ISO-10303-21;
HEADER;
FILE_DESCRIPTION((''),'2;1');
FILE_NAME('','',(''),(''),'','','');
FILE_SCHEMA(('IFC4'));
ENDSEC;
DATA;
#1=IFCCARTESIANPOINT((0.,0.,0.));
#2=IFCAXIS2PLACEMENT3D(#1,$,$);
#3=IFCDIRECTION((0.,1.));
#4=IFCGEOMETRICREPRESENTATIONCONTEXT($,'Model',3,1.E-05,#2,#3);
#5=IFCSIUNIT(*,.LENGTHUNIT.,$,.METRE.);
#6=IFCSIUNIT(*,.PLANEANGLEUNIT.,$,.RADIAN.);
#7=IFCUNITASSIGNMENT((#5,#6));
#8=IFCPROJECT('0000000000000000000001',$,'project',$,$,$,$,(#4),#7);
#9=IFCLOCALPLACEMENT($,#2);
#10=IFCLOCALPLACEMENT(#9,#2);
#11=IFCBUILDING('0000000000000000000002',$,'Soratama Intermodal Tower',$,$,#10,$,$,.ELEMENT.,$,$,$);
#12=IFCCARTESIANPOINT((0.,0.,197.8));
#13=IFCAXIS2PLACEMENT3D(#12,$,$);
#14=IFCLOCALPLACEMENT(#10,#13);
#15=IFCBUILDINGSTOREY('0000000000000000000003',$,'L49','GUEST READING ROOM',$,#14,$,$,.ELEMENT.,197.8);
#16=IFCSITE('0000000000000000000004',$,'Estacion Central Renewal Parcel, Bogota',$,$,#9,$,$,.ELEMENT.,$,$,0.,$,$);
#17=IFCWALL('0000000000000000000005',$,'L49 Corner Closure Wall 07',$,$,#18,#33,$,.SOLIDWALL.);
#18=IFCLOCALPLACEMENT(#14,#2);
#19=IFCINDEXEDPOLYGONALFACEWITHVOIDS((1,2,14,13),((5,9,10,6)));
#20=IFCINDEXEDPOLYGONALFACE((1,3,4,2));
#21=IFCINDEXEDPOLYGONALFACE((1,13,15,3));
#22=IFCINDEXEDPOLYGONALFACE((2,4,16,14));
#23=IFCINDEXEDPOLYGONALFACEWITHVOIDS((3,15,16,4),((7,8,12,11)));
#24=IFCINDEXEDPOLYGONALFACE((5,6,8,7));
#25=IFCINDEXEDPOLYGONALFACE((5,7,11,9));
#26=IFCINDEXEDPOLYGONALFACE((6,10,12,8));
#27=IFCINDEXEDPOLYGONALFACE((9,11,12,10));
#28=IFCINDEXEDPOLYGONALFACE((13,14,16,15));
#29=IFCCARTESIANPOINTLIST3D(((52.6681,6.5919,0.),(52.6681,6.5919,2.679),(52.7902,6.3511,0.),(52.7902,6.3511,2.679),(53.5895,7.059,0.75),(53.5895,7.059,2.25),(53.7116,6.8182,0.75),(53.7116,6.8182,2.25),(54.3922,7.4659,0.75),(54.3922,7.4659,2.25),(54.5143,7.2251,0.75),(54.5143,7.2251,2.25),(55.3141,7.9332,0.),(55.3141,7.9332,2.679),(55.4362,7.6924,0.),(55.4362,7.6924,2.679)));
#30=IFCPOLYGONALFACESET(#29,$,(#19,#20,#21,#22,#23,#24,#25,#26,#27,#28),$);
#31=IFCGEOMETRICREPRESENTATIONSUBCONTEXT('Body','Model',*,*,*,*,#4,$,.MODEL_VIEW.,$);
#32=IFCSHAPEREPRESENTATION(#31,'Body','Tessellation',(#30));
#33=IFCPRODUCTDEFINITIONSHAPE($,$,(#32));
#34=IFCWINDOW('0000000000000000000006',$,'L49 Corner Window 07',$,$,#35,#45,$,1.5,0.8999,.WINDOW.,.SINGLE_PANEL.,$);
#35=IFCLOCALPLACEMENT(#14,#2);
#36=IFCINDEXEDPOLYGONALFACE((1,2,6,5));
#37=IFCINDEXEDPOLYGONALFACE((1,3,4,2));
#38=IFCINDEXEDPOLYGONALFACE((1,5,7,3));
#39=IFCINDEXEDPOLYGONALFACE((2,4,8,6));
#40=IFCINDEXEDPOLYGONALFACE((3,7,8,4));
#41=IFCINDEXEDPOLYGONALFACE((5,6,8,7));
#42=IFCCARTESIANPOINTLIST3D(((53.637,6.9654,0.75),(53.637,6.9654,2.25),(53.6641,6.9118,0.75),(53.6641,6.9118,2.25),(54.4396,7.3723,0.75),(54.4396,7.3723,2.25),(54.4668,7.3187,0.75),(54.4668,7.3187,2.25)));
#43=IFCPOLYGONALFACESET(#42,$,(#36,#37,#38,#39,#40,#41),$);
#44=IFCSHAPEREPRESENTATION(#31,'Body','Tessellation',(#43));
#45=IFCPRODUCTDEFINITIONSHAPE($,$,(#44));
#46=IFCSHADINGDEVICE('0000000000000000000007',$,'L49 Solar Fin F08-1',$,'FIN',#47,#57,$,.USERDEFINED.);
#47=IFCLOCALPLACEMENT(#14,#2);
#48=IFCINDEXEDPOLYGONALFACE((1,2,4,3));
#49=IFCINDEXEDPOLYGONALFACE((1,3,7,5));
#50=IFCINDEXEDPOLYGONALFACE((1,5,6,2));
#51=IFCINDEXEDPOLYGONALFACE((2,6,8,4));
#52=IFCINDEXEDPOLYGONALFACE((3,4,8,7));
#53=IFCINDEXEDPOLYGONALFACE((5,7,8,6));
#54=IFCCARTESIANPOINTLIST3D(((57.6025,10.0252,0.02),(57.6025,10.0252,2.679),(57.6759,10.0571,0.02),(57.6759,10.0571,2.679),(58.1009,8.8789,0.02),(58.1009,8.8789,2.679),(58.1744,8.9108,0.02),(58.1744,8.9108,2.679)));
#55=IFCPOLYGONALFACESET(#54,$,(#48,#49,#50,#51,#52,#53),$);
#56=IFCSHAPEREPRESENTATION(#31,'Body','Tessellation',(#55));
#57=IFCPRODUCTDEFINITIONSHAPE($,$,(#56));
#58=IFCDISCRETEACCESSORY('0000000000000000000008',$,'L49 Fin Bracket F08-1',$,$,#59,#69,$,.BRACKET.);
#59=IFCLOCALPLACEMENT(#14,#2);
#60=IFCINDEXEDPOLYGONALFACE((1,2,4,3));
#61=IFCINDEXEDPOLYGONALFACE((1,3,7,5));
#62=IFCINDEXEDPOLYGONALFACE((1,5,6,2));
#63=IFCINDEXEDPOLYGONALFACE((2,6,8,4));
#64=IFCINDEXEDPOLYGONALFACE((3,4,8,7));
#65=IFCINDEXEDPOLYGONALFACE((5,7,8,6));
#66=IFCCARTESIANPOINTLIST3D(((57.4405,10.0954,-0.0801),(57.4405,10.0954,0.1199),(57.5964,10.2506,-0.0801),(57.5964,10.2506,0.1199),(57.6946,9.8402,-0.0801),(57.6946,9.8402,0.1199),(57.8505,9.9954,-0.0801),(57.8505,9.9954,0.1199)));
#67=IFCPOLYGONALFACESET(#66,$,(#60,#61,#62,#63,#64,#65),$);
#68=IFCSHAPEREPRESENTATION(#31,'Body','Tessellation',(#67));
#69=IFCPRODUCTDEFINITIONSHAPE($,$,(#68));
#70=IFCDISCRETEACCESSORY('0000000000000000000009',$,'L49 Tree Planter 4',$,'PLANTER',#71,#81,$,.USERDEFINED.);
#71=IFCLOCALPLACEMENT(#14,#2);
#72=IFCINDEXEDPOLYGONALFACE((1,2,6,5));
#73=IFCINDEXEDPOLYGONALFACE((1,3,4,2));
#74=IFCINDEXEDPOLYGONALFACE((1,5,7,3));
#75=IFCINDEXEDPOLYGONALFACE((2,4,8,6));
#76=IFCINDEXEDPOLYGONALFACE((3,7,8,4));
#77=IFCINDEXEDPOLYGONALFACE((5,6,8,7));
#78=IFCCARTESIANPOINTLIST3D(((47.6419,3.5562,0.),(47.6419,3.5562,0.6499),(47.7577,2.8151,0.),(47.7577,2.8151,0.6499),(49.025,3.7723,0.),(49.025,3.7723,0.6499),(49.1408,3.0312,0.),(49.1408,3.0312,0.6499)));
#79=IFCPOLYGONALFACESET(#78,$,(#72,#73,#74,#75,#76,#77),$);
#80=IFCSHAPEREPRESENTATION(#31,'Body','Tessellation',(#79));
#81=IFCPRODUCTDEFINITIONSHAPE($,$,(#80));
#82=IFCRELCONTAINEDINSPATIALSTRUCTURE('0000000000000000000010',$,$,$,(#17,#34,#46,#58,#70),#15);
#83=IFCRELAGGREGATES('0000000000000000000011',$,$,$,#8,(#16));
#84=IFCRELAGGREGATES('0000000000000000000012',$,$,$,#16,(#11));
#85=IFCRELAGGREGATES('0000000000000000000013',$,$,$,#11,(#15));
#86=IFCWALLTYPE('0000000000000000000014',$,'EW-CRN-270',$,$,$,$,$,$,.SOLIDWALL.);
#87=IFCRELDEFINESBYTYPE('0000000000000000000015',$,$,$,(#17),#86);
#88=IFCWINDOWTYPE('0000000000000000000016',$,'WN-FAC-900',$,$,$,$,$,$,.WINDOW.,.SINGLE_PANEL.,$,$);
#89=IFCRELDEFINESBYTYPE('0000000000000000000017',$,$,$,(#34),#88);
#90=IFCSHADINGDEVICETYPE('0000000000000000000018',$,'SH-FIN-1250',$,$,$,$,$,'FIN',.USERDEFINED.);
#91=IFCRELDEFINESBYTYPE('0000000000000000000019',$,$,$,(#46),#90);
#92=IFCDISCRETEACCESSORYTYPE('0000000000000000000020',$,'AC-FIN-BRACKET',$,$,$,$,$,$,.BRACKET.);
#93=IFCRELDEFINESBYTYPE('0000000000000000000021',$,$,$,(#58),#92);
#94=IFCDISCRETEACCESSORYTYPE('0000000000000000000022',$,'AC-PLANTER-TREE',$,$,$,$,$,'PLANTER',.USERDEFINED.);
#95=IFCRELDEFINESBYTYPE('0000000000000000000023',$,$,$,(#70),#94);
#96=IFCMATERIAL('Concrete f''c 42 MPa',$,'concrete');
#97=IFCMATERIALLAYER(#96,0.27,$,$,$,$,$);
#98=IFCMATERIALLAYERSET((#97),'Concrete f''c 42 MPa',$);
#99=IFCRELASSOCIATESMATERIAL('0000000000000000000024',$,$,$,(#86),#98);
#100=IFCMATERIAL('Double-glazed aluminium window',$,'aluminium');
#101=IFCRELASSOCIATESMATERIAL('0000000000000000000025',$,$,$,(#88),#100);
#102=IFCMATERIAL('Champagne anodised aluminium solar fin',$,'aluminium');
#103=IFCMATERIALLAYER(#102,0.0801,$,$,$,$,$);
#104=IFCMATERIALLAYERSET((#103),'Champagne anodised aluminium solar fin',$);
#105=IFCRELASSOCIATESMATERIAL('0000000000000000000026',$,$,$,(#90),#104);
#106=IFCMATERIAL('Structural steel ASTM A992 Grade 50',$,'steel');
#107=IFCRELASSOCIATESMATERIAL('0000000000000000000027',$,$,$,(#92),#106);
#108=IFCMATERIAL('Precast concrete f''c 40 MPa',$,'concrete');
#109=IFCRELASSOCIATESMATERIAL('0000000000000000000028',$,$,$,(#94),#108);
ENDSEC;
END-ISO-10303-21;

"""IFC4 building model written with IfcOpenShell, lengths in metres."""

from ifc_helpers import new_model, si_unit, direction, frame, frame_2d, origin, origin_2d, place, context, subcontext, project, spatial, rectangle, extrude, material, layer, layer_set, type_object, element, fill, save


model = new_model("IFC4")

# Units and contexts
model_context = context("Model", 3, precision=1e-05, world=origin(), true_north=direction((0.0, 1.0)))
body_context = subcontext(model_context, "Body", "Model", "MODEL_VIEW")
ifc_project = project(units=[si_unit("LENGTHUNIT", "METRE"), si_unit("PLANEANGLEUNIT", "RADIAN")], contexts=[model_context])

# Site, building, storey
site_placement = place(None, origin())
site = spatial("IfcSite", under=ifc_project, at=site_placement, Name="Estacion Central Renewal Parcel, Bogota", CompositionType="ELEMENT", RefElevation=0.0)
building_placement = place(site_placement, origin())
building = spatial("IfcBuilding", under=site, at=building_placement, Name="Soratama Intermodal Tower", CompositionType="ELEMENT")
storey_placement = place(building_placement, frame((0.0, 0.0, 197.8)))
storey = spatial("IfcBuildingStorey", under=building, at=storey_placement, Name="L49", Description="GUEST READING ROOM", CompositionType="ELEMENT", Elevation=197.8)

# Wall, opening, window
ifc_material_1 = material(Name="Concrete f'c 42 MPa", Category="concrete")
ifc_layer_1 = layer(ifc_material_1, 0.27)
ifc_layer_set_1 = layer_set([ifc_layer_1], Name="Concrete f'c 42 MPa")
wall_type = type_object("IfcWallType", Name="EW-CRN-270", PredefinedType="SOLIDWALL", material=ifc_layer_set_1)
wall_placement = place(storey_placement, frame((52.729, 6.4714, 0.0), z_axis=(0.0, 0.0, 1.0), x_axis=(0.891945, 0.452145, 0.0)))
wall = element("IfcWall", 1, at=wall_placement, inside=storey, type_object=wall_type, Name="L49 Corner Closure Wall 07", PredefinedType="SOLIDWALL", context=body_context, shape_type="SweptSolid", body=[
    extrude(rectangle(XDim=2.9666, YDim=0.27, at=frame_2d((1.4834, 0.0))), origin(), (0.0, 0.0, 1.0), 2.679),
])
opening_placement = place(wall_placement, frame((1.0332, 0.0, 0.75)))
opening = element("IfcOpeningElement", 2, at=opening_placement, cuts=wall, PredefinedType="OPENING", context=body_context, shape_type="SweptSolid", body=[
    extrude(rectangle(XDim=0.8999, YDim=1.5, at=frame_2d((0.45, 0.75))), frame((0.0, 0.145, 0.0), z_axis=(0.0, -1.0, 0.0), x_axis=(1.0, 0.0, 0.0)), (0.0, 0.0, 1.0), 0.29),
])
ifc_material_2 = material(Name="Double-glazed aluminium window", Category="aluminium")
window_type = type_object("IfcWindowType", Name="WN-FAC-900", PartitioningType="SINGLE_PANEL", PredefinedType="WINDOW", material=ifc_material_2)
window_placement = place(opening_placement, origin())
window = element("IfcWindow", 3, at=window_placement, inside=storey, type_object=window_type, Name="L49 Corner Window 07", OverallHeight=1.5, OverallWidth=0.8999, PartitioningType="SINGLE_PANEL", PredefinedType="WINDOW", context=body_context, shape_type="SweptSolid", body=[
    extrude(rectangle(XDim=0.8999, YDim=1.5, at=frame_2d((0.45, 0.75))), frame((0.0, 0.03, 0.0), z_axis=(0.0, -1.0, 0.0), x_axis=(1.0, 0.0, 0.0)), (0.0, 0.0, 1.0), 0.0601),
])
fill(opening, window)

# Shading device
ifc_material_3 = material(Name="Champagne anodised aluminium solar fin", Category="aluminium")
ifc_layer_2 = layer(ifc_material_3, 0.0801)
ifc_layer_set_2 = layer_set([ifc_layer_2], Name="Champagne anodised aluminium solar fin")
shading_device_type = type_object("IfcShadingDeviceType", Name="SH-FIN-1250", ElementType="FIN", PredefinedType="USERDEFINED", material=ifc_layer_set_2)
shading_device_placement = place(storey_placement, frame((57.8884, 9.468, 0.02), z_axis=(0.0, 0.0, 1.0), x_axis=(0.398749, -0.91706, 0.0)))
element("IfcShadingDevice", 4, at=shading_device_placement, inside=storey, type_object=shading_device_type, Name="L49 Solar Fin F08-1", ObjectType="FIN", PredefinedType="USERDEFINED", context=body_context, shape_type="SweptSolid", body=[
    extrude(rectangle(XDim=1.25, YDim=0.0801, at=origin_2d()), origin(), (0.0, 0.0, 1.0), 2.6589),
])

# Discrete accessories
ifc_material_4 = material(Name="Structural steel ASTM A992 Grade 50", Category="steel")
discrete_accessory_type_1 = type_object("IfcDiscreteAccessoryType", Name="AC-FIN-BRACKET", PredefinedType="BRACKET", material=ifc_material_4)
discrete_accessory_1_placement = place(storey_placement, frame((57.6455, 10.0454, -0.0801), z_axis=(0.0, 0.0, 1.0), x_axis=(0.705624, -0.708586, 0.0)))
element("IfcDiscreteAccessory", 5, at=discrete_accessory_1_placement, inside=storey, type_object=discrete_accessory_type_1, Name="L49 Fin Bracket F08-1", PredefinedType="BRACKET", context=body_context, shape_type="SweptSolid", body=[
    extrude(rectangle(XDim=0.3601, YDim=0.22, at=origin_2d()), origin(), (0.0, 0.0, 1.0), 0.2),
])
ifc_material_5 = material(Name="Precast concrete f'c 40 MPa", Category="concrete")
discrete_accessory_type_2 = type_object("IfcDiscreteAccessoryType", Name="AC-PLANTER-TREE", ElementType="PLANTER", PredefinedType="USERDEFINED", material=ifc_material_5)
discrete_accessory_2_placement = place(storey_placement, frame((48.3914, 3.2937, 0.0), z_axis=(0.0, 0.0, 1.0), x_axis=(0.154366, -0.988014, 0.0)))
element("IfcDiscreteAccessory", 6, at=discrete_accessory_2_placement, inside=storey, type_object=discrete_accessory_type_2, Name="L49 Tree Planter 4", ObjectType="PLANTER", PredefinedType="USERDEFINED", context=body_context, shape_type="SweptSolid", body=[
    extrude(rectangle(XDim=0.75, YDim=1.3999, at=origin_2d()), origin(), (0.0, 0.0, 1.0), 0.6499),
])

save(model, "model.ifc")
